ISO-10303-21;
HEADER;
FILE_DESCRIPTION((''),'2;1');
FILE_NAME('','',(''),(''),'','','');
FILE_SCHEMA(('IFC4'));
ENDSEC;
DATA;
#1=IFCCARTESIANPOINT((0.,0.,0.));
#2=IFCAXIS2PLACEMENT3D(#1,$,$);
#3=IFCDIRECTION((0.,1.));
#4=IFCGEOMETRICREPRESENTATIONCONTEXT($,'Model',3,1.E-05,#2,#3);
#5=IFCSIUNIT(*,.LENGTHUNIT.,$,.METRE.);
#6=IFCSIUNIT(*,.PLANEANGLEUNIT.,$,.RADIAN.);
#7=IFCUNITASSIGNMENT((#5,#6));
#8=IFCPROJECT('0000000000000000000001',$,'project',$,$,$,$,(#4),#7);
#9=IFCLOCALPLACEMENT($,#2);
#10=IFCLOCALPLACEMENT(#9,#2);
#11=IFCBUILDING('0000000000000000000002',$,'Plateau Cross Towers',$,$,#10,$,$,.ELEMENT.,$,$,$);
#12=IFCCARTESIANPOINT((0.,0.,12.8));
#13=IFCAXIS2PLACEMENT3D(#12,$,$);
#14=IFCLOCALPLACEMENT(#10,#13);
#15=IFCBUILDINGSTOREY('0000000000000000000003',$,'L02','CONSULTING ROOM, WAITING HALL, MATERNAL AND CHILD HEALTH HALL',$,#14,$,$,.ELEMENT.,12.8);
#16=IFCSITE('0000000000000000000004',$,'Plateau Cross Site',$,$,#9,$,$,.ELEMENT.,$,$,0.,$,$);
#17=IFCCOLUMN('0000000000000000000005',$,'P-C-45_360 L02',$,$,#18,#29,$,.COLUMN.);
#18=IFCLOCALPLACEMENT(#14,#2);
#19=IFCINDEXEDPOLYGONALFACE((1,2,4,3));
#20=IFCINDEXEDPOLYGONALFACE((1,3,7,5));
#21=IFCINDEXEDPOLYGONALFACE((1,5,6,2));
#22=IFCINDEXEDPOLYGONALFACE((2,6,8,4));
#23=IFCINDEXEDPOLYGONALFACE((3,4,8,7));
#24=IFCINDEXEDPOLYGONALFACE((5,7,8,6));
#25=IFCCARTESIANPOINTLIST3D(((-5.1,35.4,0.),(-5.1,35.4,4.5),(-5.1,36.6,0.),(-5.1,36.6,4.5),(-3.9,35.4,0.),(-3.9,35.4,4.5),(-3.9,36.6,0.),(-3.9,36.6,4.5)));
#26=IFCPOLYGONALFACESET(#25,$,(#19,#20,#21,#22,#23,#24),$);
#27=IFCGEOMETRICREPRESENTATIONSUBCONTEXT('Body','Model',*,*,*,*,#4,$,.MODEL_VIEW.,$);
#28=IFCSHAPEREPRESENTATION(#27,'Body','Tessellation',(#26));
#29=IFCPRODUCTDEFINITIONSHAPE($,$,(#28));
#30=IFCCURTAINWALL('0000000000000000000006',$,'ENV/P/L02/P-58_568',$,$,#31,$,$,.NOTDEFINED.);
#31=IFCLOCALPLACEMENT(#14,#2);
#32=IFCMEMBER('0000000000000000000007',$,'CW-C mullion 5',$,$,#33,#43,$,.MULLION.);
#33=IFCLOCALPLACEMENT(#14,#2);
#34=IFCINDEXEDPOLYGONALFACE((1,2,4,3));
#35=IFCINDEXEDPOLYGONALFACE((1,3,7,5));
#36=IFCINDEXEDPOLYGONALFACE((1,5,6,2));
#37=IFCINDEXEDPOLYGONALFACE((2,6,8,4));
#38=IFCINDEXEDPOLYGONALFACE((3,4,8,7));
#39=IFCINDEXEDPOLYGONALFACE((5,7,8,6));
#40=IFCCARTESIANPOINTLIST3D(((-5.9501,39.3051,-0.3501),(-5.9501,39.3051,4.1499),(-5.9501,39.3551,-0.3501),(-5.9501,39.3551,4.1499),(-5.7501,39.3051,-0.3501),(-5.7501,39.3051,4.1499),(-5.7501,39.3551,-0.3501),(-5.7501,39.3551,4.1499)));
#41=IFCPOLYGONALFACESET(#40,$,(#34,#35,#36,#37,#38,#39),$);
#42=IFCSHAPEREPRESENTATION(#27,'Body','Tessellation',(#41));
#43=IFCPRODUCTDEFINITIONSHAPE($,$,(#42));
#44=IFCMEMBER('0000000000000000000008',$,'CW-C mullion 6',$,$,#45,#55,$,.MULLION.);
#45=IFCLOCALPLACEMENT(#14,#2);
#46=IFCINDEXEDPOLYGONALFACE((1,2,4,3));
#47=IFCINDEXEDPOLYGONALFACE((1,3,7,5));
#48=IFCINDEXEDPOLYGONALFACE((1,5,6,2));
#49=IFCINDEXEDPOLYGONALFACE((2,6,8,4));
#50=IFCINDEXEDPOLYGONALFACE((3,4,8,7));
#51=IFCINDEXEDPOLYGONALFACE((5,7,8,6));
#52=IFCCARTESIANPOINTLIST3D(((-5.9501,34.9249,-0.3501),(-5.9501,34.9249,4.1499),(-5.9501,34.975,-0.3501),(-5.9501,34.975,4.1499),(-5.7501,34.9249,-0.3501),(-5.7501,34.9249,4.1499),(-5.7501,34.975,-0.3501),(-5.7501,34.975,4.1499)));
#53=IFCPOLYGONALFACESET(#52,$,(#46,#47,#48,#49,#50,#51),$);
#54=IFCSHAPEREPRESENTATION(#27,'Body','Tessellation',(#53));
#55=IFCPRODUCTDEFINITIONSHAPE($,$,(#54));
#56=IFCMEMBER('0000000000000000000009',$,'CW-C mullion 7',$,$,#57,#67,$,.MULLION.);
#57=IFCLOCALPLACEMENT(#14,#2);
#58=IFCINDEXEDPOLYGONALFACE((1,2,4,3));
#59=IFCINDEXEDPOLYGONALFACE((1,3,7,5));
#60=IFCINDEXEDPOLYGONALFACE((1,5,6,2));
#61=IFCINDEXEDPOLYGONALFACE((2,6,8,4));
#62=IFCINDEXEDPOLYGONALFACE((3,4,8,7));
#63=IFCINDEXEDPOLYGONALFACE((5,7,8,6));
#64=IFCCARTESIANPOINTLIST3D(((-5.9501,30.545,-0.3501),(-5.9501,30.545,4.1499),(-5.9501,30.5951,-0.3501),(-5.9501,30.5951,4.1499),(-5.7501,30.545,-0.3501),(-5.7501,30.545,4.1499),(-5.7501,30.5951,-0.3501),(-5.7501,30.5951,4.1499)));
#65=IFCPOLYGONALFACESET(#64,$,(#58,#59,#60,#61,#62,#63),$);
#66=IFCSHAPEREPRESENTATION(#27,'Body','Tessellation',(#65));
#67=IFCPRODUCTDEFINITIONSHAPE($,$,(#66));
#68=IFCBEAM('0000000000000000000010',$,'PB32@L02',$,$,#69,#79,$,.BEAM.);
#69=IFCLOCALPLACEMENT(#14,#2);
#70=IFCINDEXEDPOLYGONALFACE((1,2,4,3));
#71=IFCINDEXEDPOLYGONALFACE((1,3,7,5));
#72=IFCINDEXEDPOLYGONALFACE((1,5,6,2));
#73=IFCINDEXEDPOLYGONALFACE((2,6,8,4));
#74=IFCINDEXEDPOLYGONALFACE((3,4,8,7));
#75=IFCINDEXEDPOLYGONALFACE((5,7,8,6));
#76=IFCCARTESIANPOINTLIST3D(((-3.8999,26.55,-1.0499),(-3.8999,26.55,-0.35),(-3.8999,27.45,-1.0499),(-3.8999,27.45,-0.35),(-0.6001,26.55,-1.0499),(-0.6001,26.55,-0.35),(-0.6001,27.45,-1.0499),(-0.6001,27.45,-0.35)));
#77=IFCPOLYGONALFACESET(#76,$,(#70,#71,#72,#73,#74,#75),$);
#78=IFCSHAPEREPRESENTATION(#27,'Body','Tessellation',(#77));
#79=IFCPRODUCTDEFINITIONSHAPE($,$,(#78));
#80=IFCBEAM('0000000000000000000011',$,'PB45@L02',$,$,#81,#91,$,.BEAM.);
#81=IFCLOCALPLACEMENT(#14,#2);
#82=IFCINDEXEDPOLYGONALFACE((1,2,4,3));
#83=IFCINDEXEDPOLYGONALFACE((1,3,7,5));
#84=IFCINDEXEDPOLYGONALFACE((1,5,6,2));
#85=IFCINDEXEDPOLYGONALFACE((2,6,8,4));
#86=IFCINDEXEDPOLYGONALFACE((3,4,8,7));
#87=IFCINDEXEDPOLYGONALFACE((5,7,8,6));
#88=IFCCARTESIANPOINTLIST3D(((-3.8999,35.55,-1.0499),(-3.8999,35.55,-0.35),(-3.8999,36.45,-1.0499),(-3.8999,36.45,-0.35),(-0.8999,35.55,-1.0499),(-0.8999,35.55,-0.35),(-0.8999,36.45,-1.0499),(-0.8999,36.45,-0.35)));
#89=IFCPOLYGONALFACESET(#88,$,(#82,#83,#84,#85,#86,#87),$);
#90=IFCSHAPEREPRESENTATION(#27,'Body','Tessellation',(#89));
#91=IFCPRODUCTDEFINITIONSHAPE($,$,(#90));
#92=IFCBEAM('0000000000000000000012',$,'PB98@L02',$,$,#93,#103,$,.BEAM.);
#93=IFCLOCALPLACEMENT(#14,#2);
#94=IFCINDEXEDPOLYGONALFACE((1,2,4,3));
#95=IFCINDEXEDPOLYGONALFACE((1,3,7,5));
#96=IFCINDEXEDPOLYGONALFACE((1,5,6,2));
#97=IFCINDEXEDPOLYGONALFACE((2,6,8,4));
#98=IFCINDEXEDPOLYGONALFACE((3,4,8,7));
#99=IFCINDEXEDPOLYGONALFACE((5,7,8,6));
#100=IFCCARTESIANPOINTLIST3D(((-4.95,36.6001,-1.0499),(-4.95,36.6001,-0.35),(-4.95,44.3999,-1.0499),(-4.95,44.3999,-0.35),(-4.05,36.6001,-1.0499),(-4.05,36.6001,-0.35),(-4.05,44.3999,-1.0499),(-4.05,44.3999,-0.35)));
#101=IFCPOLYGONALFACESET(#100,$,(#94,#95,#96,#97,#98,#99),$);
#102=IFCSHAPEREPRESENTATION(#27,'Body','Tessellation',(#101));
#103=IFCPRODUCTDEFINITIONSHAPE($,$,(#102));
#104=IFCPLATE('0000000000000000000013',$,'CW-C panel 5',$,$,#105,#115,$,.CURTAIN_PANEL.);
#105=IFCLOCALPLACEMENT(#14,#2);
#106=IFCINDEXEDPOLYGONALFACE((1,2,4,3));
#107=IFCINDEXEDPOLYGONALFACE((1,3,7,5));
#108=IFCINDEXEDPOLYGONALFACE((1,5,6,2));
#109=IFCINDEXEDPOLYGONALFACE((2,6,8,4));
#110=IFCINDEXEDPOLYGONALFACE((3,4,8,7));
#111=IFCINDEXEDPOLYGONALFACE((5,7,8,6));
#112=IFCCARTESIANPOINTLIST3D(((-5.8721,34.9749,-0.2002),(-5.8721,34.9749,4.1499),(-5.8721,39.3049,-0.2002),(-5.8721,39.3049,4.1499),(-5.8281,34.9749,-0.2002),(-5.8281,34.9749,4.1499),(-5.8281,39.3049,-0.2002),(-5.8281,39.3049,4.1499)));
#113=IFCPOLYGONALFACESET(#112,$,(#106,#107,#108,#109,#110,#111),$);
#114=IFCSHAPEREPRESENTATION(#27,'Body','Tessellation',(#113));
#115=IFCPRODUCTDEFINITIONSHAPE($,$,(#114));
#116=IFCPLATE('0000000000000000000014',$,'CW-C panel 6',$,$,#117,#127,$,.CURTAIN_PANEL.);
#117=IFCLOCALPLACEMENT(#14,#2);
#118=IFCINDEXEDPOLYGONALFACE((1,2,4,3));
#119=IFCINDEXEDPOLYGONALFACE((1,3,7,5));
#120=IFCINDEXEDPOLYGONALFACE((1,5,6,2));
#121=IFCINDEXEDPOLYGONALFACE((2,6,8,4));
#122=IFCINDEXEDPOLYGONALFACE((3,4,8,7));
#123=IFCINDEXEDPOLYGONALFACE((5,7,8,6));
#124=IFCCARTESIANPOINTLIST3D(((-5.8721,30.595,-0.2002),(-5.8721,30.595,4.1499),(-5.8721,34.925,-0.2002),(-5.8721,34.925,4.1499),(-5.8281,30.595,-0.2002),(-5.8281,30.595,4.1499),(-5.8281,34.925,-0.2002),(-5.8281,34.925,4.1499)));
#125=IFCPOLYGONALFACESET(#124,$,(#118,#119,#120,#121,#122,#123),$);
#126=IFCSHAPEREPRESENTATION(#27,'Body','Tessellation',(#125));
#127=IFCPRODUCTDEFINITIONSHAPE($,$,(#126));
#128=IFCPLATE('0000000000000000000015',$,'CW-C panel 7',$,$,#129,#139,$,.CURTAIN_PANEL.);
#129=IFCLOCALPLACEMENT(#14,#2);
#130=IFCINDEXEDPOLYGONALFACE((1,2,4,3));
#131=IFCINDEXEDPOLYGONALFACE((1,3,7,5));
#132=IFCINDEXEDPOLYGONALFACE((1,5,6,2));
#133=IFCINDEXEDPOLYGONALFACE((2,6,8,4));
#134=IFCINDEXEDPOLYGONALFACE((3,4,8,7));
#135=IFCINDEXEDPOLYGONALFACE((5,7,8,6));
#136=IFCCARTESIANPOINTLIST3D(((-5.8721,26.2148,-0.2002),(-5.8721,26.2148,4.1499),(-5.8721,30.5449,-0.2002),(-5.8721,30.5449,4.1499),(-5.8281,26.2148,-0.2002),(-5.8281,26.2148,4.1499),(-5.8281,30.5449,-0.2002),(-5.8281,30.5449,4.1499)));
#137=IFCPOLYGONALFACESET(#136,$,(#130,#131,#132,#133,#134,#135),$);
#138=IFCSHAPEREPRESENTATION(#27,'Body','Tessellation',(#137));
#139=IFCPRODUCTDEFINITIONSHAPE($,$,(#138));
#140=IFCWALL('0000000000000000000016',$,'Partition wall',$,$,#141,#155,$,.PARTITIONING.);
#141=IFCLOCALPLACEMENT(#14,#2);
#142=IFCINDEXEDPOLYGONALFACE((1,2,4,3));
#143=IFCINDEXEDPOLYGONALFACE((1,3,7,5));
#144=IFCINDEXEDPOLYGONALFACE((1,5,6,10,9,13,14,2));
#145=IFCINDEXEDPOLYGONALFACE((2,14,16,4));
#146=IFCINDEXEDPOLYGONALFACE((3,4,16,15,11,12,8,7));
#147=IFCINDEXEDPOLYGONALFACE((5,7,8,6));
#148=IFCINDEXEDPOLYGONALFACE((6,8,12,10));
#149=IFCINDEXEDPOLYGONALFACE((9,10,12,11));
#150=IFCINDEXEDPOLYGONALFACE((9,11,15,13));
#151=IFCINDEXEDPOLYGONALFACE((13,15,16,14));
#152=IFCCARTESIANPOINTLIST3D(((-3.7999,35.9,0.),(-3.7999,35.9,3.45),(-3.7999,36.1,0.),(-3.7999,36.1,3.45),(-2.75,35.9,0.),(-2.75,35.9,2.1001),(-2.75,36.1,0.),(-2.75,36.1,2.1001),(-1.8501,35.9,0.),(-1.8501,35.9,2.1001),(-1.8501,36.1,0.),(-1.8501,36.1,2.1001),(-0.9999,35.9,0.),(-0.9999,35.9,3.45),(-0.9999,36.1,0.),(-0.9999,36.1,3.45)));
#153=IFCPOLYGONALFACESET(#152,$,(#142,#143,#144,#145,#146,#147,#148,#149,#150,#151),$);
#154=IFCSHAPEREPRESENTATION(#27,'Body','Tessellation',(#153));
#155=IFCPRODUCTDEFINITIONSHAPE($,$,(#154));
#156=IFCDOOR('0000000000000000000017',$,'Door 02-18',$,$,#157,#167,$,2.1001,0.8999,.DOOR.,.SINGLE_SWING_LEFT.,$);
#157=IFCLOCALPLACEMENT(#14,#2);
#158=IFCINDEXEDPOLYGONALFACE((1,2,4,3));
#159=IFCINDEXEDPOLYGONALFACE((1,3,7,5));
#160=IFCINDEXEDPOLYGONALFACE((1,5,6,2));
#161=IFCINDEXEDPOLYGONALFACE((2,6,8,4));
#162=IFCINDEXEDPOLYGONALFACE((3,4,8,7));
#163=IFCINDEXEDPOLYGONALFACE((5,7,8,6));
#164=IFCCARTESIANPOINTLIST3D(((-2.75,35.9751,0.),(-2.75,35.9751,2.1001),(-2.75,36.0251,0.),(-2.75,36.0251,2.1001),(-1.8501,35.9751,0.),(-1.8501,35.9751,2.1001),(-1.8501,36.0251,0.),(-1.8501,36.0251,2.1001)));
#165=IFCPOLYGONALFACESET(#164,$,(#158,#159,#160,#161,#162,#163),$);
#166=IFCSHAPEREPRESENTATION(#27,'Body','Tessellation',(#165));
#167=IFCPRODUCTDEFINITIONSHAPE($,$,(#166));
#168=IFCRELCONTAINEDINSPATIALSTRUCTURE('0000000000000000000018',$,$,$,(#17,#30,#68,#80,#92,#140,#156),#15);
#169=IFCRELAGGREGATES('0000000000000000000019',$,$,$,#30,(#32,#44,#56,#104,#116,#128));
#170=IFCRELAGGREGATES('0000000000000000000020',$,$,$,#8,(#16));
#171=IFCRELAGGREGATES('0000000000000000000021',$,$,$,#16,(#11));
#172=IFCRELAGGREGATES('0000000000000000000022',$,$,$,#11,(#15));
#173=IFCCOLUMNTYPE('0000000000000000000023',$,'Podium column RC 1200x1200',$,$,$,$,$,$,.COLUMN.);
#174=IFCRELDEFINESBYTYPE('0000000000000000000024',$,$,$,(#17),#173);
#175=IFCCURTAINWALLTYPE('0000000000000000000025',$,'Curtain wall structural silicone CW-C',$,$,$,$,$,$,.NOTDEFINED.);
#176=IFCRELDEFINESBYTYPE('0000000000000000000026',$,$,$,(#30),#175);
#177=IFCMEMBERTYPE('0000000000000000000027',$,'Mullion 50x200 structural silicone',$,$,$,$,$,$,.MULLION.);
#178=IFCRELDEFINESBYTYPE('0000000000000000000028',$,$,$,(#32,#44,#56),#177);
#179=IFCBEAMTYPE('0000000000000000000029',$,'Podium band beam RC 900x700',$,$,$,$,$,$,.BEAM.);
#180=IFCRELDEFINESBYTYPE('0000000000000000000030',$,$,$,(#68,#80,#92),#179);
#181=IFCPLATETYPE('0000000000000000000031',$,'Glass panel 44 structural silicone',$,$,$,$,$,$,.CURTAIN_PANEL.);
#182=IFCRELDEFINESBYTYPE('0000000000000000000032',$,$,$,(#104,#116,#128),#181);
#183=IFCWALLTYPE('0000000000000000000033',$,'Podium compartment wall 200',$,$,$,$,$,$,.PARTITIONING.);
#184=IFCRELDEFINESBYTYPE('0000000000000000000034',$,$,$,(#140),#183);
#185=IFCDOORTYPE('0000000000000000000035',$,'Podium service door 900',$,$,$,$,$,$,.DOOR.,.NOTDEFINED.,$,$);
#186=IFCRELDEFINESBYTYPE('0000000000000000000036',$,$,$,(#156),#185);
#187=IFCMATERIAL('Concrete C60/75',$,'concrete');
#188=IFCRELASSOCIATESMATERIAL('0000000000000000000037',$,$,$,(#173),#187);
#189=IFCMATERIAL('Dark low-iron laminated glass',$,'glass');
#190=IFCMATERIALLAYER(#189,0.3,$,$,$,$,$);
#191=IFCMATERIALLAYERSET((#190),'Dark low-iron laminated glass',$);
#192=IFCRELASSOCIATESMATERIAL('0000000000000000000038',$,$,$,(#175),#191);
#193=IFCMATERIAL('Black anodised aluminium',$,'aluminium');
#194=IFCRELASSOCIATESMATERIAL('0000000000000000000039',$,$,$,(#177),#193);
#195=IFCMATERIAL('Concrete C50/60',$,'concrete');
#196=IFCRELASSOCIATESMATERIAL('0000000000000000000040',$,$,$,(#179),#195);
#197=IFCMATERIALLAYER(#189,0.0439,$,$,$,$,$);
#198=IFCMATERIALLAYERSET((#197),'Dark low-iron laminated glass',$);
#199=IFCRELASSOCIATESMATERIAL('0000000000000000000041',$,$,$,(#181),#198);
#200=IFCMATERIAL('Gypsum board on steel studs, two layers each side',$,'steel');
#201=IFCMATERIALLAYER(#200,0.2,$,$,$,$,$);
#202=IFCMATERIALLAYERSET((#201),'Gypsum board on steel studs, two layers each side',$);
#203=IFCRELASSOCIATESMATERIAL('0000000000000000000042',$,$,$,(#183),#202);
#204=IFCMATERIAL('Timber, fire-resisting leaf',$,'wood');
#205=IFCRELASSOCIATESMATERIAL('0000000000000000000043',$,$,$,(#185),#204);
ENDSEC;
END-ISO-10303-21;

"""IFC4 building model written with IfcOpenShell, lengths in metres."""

from ifc_helpers import new_model, si_unit, direction, frame, frame_2d, origin, origin_2d, place, context, subcontext, project, spatial, rectangle, extrude, material, layer, layer_set, material_profile, profile_set, type_object, element, fill, aggregate, save


model = new_model("IFC4")

# Units and contexts
model_context = context("Model", 3, precision=1e-05, world=origin(), true_north=direction((0.0, 1.0)))
body_context = subcontext(model_context, "Body", "Model", "MODEL_VIEW")
ifc_project = project(units=[si_unit("LENGTHUNIT", "METRE"), si_unit("PLANEANGLEUNIT", "RADIAN")], contexts=[model_context])

# Site, building, storey
site_placement = place(None, origin())
site = spatial("IfcSite", under=ifc_project, at=site_placement, Name="Plateau Cross Site", CompositionType="ELEMENT", RefElevation=0.0)
building_placement = place(site_placement, origin())
building = spatial("IfcBuilding", under=site, at=building_placement, Name="Plateau Cross Towers", CompositionType="ELEMENT")
storey_placement = place(building_placement, frame((0.0, 0.0, 12.8)))
storey = spatial("IfcBuildingStorey", under=building, at=storey_placement, Name="L02", Description="CONSULTING ROOM, WAITING HALL, MATERNAL AND CHILD HEALTH HALL", CompositionType="ELEMENT", Elevation=12.8)

# Column
ifc_material_1 = material(Name="Concrete C60/75", Category="concrete")
ifc_material_profile_1 = material_profile(ifc_material_1, rectangle(XDim=1.2, YDim=1.2, at=origin_2d()), Name="RC 1200x1200")
ifc_profile_set_1 = profile_set([ifc_material_profile_1], Name="Concrete C60/75")
column_type = type_object("IfcColumnType", Name="Podium column RC 1200x1200", PredefinedType="COLUMN", material=ifc_profile_set_1)
column_placement = place(storey_placement, frame((-4.5, 36.0, 0.0), z_axis=(0.0, 0.0, 1.0), x_axis=(1.0, 0.0, 0.0)))
element("IfcColumn", 1, at=column_placement, inside=storey, type_object=column_type, Name="P-C-45_360 L02", PredefinedType="COLUMN", context=body_context, shape_type="SweptSolid", body=[
    extrude(rectangle(XDim=1.2, YDim=1.2, at=origin_2d()), origin(), (0.0, 0.0, 1.0), 4.5),
])

# Curtain wall, members
ifc_material_2 = material(Name="Dark low-iron laminated glass", Category="glass")
ifc_layer_1 = layer(ifc_material_2, 0.3)
ifc_layer_set_1 = layer_set([ifc_layer_1], Name="Dark low-iron laminated glass")
curtain_wall_type = type_object("IfcCurtainWallType", Name="Curtain wall structural silicone CW-C", PredefinedType="NOTDEFINED", material=ifc_layer_set_1)
curtain_wall_placement = place(storey_placement, origin())
curtain_wall = element("IfcCurtainWall", 2, at=curtain_wall_placement, inside=storey, type_object=curtain_wall_type, Name="ENV/P/L02/P-58_568", PredefinedType="NOTDEFINED")
ifc_material_3 = material(Name="Black anodised aluminium", Category="aluminium")
ifc_material_profile_2 = material_profile(ifc_material_3, rectangle(XDim=0.05, YDim=0.2, at=origin_2d()), Name="MULLION 50x200")
ifc_profile_set_2 = profile_set([ifc_material_profile_2], Name="Black anodised aluminium")
member_type = type_object("IfcMemberType", Name="Mullion 50x200 structural silicone", PredefinedType="MULLION", material=ifc_profile_set_2)
member_1_placement = place(storey_placement, frame((-5.8501, 39.3301, -0.3501), z_axis=(0.0, 0.0, 1.0), x_axis=(0.0, -1.0, 0.0)))
member_1 = element("IfcMember", 3, at=member_1_placement, type_object=member_type, Name="CW-C mullion 5", PredefinedType="MULLION", context=body_context, shape_type="SweptSolid", body=[
    extrude(rectangle(XDim=0.05, YDim=0.2, at=origin_2d()), origin(), (0.0, 0.0, 1.0), 4.5),
])
member_2_placement = place(storey_placement, frame((-5.8501, 34.95, -0.3501), z_axis=(0.0, 0.0, 1.0), x_axis=(0.0, -1.0, 0.0)))
member_2 = element("IfcMember", 4, at=member_2_placement, type_object=member_type, Name="CW-C mullion 6", PredefinedType="MULLION", context=body_context, shape_type="SweptSolid", body=[
    extrude(rectangle(XDim=0.05, YDim=0.2, at=origin_2d()), origin(), (0.0, 0.0, 1.0), 4.5),
])
member_3_placement = place(storey_placement, frame((-5.8501, 30.5701, -0.3501), z_axis=(0.0, 0.0, 1.0), x_axis=(0.0, -1.0, 0.0)))
member_3 = element("IfcMember", 5, at=member_3_placement, type_object=member_type, Name="CW-C mullion 7", PredefinedType="MULLION", context=body_context, shape_type="SweptSolid", body=[
    extrude(rectangle(XDim=0.05, YDim=0.2, at=origin_2d()), origin(), (0.0, 0.0, 1.0), 4.5),
])

# Beams
ifc_material_4 = material(Name="Concrete C50/60", Category="concrete")
ifc_material_profile_3 = material_profile(ifc_material_4, rectangle(XDim=0.8999, YDim=0.7, at=origin_2d()), Name="RC 900x700")
ifc_profile_set_3 = profile_set([ifc_material_profile_3], Name="Concrete C50/60")
beam_type = type_object("IfcBeamType", Name="Podium band beam RC 900x700", PredefinedType="BEAM", material=ifc_profile_set_3)
beam_1_placement = place(storey_placement, frame((-3.8999, 27.0, -0.7), z_axis=(1.0, 0.0, 0.0), x_axis=(0.0, 1.0, 0.0)))
element("IfcBeam", 6, at=beam_1_placement, inside=storey, type_object=beam_type, Name="PB32@L02", PredefinedType="BEAM", context=body_context, shape_type="SweptSolid", body=[
    extrude(rectangle(XDim=0.8999, YDim=0.7, at=origin_2d()), origin(), (0.0, 0.0, 1.0), 3.2998),
])
beam_2_placement = place(storey_placement, frame((-3.8999, 36.0, -0.7), z_axis=(1.0, 0.0, 0.0), x_axis=(0.0, 1.0, 0.0)))
element("IfcBeam", 7, at=beam_2_placement, inside=storey, type_object=beam_type, Name="PB45@L02", PredefinedType="BEAM", context=body_context, shape_type="SweptSolid", body=[
    extrude(rectangle(XDim=0.8999, YDim=0.7, at=origin_2d()), origin(), (0.0, 0.0, 1.0), 3.0),
])
beam_3_placement = place(storey_placement, frame((-4.5, 36.6001, -0.7), z_axis=(0.0, 1.0, 0.0), x_axis=(-1.0, 0.0, 0.0)))
element("IfcBeam", 8, at=beam_3_placement, inside=storey, type_object=beam_type, Name="PB98@L02", PredefinedType="BEAM", context=body_context, shape_type="SweptSolid", body=[
    extrude(rectangle(XDim=0.8999, YDim=0.7, at=origin_2d()), origin(), (0.0, 0.0, 1.0), 7.7998),
])

# Plates
ifc_layer_2 = layer(ifc_material_2, 0.0439)
ifc_layer_set_2 = layer_set([ifc_layer_2], Name="Dark low-iron laminated glass")
plate_type = type_object("IfcPlateType", Name="Glass panel 44 structural silicone", PredefinedType="CURTAIN_PANEL", material=ifc_layer_set_2)
plate_1_placement = place(storey_placement, frame((-5.8501, 37.1399, -0.2002), z_axis=(0.0, 0.0, 1.0), x_axis=(0.0, -1.0, 0.0)))
plate_1 = element("IfcPlate", 9, at=plate_1_placement, type_object=plate_type, Name="CW-C panel 5", PredefinedType="CURTAIN_PANEL", context=body_context, shape_type="SweptSolid", body=[
    extrude(rectangle(XDim=4.3301, YDim=0.0439, at=origin_2d()), origin(), (0.0, 0.0, 1.0), 4.3501),
])
plate_2_placement = place(storey_placement, frame((-5.8501, 32.76, -0.2002), z_axis=(0.0, 0.0, 1.0), x_axis=(0.0, -1.0, 0.0)))
plate_2 = element("IfcPlate", 10, at=plate_2_placement, type_object=plate_type, Name="CW-C panel 6", PredefinedType="CURTAIN_PANEL", context=body_context, shape_type="SweptSolid", body=[
    extrude(rectangle(XDim=4.3301, YDim=0.0439, at=origin_2d()), origin(), (0.0, 0.0, 1.0), 4.3501),
])
plate_3_placement = place(storey_placement, frame((-5.8501, 28.3799, -0.2002), z_axis=(0.0, 0.0, 1.0), x_axis=(0.0, -1.0, 0.0)))
plate_3 = element("IfcPlate", 11, at=plate_3_placement, type_object=plate_type, Name="CW-C panel 7", PredefinedType="CURTAIN_PANEL", context=body_context, shape_type="SweptSolid", body=[
    extrude(rectangle(XDim=4.3301, YDim=0.0439, at=origin_2d()), origin(), (0.0, 0.0, 1.0), 4.3501),
])
aggregate(curtain_wall, [member_1, member_2, member_3, plate_1, plate_2, plate_3])

# Wall, opening, door
ifc_material_5 = material(Name="Gypsum board on steel studs, two layers each side", Category="steel")
ifc_layer_3 = layer(ifc_material_5, 0.2)
ifc_layer_set_3 = layer_set([ifc_layer_3], Name="Gypsum board on steel studs, two layers each side")
wall_type_1 = type_object("IfcWallType", Name="Podium compartment wall 200", PredefinedType="PARTITIONING", material=ifc_layer_set_3)
wall_1_placement = place(storey_placement, frame((-1.0, 36.0, 0.0), z_axis=(0.0, 0.0, 1.0), x_axis=(-1.0, 0.0, 0.0)))
wall_1 = element("IfcWall", 12, at=wall_1_placement, inside=storey, type_object=wall_type_1, Name="Partition wall", PredefinedType="PARTITIONING", context=body_context, shape_type="SweptSolid", body=[
    extrude(rectangle(XDim=2.8, YDim=0.2, at=frame_2d((1.3999, 0.0))), origin(), (0.0, 0.0, 1.0), 3.45),
])
opening_1_placement = place(wall_1_placement, frame((0.8501, 0.0, 0.0)))
opening_1 = element("IfcOpeningElement", 13, at=opening_1_placement, cuts=wall_1, PredefinedType="OPENING", context=body_context, shape_type="SweptSolid", body=[
    extrude(rectangle(XDim=0.8999, YDim=2.1001, at=frame_2d((0.45, 1.05))), frame((0.0, 0.1099, 0.0), z_axis=(0.0, -1.0, 0.0), x_axis=(1.0, 0.0, 0.0)), (0.0, 0.0, 1.0), 0.22),
])
ifc_material_6 = material(Name="Timber, fire-resisting leaf", Category="wood")
door_type_1 = type_object("IfcDoorType", Name="Podium service door 900", OperationType="NOTDEFINED", PredefinedType="DOOR", material=ifc_material_6)
door_1_placement = place(opening_1_placement, origin())
door_1 = element("IfcDoor", 14, at=door_1_placement, inside=storey, type_object=door_type_1, Name="Door 02-18", OperationType="SINGLE_SWING_LEFT", OverallHeight=2.1001, OverallWidth=0.8999, PredefinedType="DOOR", context=body_context, shape_type="SweptSolid", body=[
    extrude(rectangle(XDim=0.8999, YDim=2.1001, at=frame_2d((0.45, 1.05))), frame((0.0, 0.0249, 0.0), z_axis=(0.0, -1.0, 0.0), x_axis=(1.0, 0.0, 0.0)), (0.0, 0.0, 1.0), 0.05),
])
fill(opening_1, door_1)

save(model, "model.ifc")
